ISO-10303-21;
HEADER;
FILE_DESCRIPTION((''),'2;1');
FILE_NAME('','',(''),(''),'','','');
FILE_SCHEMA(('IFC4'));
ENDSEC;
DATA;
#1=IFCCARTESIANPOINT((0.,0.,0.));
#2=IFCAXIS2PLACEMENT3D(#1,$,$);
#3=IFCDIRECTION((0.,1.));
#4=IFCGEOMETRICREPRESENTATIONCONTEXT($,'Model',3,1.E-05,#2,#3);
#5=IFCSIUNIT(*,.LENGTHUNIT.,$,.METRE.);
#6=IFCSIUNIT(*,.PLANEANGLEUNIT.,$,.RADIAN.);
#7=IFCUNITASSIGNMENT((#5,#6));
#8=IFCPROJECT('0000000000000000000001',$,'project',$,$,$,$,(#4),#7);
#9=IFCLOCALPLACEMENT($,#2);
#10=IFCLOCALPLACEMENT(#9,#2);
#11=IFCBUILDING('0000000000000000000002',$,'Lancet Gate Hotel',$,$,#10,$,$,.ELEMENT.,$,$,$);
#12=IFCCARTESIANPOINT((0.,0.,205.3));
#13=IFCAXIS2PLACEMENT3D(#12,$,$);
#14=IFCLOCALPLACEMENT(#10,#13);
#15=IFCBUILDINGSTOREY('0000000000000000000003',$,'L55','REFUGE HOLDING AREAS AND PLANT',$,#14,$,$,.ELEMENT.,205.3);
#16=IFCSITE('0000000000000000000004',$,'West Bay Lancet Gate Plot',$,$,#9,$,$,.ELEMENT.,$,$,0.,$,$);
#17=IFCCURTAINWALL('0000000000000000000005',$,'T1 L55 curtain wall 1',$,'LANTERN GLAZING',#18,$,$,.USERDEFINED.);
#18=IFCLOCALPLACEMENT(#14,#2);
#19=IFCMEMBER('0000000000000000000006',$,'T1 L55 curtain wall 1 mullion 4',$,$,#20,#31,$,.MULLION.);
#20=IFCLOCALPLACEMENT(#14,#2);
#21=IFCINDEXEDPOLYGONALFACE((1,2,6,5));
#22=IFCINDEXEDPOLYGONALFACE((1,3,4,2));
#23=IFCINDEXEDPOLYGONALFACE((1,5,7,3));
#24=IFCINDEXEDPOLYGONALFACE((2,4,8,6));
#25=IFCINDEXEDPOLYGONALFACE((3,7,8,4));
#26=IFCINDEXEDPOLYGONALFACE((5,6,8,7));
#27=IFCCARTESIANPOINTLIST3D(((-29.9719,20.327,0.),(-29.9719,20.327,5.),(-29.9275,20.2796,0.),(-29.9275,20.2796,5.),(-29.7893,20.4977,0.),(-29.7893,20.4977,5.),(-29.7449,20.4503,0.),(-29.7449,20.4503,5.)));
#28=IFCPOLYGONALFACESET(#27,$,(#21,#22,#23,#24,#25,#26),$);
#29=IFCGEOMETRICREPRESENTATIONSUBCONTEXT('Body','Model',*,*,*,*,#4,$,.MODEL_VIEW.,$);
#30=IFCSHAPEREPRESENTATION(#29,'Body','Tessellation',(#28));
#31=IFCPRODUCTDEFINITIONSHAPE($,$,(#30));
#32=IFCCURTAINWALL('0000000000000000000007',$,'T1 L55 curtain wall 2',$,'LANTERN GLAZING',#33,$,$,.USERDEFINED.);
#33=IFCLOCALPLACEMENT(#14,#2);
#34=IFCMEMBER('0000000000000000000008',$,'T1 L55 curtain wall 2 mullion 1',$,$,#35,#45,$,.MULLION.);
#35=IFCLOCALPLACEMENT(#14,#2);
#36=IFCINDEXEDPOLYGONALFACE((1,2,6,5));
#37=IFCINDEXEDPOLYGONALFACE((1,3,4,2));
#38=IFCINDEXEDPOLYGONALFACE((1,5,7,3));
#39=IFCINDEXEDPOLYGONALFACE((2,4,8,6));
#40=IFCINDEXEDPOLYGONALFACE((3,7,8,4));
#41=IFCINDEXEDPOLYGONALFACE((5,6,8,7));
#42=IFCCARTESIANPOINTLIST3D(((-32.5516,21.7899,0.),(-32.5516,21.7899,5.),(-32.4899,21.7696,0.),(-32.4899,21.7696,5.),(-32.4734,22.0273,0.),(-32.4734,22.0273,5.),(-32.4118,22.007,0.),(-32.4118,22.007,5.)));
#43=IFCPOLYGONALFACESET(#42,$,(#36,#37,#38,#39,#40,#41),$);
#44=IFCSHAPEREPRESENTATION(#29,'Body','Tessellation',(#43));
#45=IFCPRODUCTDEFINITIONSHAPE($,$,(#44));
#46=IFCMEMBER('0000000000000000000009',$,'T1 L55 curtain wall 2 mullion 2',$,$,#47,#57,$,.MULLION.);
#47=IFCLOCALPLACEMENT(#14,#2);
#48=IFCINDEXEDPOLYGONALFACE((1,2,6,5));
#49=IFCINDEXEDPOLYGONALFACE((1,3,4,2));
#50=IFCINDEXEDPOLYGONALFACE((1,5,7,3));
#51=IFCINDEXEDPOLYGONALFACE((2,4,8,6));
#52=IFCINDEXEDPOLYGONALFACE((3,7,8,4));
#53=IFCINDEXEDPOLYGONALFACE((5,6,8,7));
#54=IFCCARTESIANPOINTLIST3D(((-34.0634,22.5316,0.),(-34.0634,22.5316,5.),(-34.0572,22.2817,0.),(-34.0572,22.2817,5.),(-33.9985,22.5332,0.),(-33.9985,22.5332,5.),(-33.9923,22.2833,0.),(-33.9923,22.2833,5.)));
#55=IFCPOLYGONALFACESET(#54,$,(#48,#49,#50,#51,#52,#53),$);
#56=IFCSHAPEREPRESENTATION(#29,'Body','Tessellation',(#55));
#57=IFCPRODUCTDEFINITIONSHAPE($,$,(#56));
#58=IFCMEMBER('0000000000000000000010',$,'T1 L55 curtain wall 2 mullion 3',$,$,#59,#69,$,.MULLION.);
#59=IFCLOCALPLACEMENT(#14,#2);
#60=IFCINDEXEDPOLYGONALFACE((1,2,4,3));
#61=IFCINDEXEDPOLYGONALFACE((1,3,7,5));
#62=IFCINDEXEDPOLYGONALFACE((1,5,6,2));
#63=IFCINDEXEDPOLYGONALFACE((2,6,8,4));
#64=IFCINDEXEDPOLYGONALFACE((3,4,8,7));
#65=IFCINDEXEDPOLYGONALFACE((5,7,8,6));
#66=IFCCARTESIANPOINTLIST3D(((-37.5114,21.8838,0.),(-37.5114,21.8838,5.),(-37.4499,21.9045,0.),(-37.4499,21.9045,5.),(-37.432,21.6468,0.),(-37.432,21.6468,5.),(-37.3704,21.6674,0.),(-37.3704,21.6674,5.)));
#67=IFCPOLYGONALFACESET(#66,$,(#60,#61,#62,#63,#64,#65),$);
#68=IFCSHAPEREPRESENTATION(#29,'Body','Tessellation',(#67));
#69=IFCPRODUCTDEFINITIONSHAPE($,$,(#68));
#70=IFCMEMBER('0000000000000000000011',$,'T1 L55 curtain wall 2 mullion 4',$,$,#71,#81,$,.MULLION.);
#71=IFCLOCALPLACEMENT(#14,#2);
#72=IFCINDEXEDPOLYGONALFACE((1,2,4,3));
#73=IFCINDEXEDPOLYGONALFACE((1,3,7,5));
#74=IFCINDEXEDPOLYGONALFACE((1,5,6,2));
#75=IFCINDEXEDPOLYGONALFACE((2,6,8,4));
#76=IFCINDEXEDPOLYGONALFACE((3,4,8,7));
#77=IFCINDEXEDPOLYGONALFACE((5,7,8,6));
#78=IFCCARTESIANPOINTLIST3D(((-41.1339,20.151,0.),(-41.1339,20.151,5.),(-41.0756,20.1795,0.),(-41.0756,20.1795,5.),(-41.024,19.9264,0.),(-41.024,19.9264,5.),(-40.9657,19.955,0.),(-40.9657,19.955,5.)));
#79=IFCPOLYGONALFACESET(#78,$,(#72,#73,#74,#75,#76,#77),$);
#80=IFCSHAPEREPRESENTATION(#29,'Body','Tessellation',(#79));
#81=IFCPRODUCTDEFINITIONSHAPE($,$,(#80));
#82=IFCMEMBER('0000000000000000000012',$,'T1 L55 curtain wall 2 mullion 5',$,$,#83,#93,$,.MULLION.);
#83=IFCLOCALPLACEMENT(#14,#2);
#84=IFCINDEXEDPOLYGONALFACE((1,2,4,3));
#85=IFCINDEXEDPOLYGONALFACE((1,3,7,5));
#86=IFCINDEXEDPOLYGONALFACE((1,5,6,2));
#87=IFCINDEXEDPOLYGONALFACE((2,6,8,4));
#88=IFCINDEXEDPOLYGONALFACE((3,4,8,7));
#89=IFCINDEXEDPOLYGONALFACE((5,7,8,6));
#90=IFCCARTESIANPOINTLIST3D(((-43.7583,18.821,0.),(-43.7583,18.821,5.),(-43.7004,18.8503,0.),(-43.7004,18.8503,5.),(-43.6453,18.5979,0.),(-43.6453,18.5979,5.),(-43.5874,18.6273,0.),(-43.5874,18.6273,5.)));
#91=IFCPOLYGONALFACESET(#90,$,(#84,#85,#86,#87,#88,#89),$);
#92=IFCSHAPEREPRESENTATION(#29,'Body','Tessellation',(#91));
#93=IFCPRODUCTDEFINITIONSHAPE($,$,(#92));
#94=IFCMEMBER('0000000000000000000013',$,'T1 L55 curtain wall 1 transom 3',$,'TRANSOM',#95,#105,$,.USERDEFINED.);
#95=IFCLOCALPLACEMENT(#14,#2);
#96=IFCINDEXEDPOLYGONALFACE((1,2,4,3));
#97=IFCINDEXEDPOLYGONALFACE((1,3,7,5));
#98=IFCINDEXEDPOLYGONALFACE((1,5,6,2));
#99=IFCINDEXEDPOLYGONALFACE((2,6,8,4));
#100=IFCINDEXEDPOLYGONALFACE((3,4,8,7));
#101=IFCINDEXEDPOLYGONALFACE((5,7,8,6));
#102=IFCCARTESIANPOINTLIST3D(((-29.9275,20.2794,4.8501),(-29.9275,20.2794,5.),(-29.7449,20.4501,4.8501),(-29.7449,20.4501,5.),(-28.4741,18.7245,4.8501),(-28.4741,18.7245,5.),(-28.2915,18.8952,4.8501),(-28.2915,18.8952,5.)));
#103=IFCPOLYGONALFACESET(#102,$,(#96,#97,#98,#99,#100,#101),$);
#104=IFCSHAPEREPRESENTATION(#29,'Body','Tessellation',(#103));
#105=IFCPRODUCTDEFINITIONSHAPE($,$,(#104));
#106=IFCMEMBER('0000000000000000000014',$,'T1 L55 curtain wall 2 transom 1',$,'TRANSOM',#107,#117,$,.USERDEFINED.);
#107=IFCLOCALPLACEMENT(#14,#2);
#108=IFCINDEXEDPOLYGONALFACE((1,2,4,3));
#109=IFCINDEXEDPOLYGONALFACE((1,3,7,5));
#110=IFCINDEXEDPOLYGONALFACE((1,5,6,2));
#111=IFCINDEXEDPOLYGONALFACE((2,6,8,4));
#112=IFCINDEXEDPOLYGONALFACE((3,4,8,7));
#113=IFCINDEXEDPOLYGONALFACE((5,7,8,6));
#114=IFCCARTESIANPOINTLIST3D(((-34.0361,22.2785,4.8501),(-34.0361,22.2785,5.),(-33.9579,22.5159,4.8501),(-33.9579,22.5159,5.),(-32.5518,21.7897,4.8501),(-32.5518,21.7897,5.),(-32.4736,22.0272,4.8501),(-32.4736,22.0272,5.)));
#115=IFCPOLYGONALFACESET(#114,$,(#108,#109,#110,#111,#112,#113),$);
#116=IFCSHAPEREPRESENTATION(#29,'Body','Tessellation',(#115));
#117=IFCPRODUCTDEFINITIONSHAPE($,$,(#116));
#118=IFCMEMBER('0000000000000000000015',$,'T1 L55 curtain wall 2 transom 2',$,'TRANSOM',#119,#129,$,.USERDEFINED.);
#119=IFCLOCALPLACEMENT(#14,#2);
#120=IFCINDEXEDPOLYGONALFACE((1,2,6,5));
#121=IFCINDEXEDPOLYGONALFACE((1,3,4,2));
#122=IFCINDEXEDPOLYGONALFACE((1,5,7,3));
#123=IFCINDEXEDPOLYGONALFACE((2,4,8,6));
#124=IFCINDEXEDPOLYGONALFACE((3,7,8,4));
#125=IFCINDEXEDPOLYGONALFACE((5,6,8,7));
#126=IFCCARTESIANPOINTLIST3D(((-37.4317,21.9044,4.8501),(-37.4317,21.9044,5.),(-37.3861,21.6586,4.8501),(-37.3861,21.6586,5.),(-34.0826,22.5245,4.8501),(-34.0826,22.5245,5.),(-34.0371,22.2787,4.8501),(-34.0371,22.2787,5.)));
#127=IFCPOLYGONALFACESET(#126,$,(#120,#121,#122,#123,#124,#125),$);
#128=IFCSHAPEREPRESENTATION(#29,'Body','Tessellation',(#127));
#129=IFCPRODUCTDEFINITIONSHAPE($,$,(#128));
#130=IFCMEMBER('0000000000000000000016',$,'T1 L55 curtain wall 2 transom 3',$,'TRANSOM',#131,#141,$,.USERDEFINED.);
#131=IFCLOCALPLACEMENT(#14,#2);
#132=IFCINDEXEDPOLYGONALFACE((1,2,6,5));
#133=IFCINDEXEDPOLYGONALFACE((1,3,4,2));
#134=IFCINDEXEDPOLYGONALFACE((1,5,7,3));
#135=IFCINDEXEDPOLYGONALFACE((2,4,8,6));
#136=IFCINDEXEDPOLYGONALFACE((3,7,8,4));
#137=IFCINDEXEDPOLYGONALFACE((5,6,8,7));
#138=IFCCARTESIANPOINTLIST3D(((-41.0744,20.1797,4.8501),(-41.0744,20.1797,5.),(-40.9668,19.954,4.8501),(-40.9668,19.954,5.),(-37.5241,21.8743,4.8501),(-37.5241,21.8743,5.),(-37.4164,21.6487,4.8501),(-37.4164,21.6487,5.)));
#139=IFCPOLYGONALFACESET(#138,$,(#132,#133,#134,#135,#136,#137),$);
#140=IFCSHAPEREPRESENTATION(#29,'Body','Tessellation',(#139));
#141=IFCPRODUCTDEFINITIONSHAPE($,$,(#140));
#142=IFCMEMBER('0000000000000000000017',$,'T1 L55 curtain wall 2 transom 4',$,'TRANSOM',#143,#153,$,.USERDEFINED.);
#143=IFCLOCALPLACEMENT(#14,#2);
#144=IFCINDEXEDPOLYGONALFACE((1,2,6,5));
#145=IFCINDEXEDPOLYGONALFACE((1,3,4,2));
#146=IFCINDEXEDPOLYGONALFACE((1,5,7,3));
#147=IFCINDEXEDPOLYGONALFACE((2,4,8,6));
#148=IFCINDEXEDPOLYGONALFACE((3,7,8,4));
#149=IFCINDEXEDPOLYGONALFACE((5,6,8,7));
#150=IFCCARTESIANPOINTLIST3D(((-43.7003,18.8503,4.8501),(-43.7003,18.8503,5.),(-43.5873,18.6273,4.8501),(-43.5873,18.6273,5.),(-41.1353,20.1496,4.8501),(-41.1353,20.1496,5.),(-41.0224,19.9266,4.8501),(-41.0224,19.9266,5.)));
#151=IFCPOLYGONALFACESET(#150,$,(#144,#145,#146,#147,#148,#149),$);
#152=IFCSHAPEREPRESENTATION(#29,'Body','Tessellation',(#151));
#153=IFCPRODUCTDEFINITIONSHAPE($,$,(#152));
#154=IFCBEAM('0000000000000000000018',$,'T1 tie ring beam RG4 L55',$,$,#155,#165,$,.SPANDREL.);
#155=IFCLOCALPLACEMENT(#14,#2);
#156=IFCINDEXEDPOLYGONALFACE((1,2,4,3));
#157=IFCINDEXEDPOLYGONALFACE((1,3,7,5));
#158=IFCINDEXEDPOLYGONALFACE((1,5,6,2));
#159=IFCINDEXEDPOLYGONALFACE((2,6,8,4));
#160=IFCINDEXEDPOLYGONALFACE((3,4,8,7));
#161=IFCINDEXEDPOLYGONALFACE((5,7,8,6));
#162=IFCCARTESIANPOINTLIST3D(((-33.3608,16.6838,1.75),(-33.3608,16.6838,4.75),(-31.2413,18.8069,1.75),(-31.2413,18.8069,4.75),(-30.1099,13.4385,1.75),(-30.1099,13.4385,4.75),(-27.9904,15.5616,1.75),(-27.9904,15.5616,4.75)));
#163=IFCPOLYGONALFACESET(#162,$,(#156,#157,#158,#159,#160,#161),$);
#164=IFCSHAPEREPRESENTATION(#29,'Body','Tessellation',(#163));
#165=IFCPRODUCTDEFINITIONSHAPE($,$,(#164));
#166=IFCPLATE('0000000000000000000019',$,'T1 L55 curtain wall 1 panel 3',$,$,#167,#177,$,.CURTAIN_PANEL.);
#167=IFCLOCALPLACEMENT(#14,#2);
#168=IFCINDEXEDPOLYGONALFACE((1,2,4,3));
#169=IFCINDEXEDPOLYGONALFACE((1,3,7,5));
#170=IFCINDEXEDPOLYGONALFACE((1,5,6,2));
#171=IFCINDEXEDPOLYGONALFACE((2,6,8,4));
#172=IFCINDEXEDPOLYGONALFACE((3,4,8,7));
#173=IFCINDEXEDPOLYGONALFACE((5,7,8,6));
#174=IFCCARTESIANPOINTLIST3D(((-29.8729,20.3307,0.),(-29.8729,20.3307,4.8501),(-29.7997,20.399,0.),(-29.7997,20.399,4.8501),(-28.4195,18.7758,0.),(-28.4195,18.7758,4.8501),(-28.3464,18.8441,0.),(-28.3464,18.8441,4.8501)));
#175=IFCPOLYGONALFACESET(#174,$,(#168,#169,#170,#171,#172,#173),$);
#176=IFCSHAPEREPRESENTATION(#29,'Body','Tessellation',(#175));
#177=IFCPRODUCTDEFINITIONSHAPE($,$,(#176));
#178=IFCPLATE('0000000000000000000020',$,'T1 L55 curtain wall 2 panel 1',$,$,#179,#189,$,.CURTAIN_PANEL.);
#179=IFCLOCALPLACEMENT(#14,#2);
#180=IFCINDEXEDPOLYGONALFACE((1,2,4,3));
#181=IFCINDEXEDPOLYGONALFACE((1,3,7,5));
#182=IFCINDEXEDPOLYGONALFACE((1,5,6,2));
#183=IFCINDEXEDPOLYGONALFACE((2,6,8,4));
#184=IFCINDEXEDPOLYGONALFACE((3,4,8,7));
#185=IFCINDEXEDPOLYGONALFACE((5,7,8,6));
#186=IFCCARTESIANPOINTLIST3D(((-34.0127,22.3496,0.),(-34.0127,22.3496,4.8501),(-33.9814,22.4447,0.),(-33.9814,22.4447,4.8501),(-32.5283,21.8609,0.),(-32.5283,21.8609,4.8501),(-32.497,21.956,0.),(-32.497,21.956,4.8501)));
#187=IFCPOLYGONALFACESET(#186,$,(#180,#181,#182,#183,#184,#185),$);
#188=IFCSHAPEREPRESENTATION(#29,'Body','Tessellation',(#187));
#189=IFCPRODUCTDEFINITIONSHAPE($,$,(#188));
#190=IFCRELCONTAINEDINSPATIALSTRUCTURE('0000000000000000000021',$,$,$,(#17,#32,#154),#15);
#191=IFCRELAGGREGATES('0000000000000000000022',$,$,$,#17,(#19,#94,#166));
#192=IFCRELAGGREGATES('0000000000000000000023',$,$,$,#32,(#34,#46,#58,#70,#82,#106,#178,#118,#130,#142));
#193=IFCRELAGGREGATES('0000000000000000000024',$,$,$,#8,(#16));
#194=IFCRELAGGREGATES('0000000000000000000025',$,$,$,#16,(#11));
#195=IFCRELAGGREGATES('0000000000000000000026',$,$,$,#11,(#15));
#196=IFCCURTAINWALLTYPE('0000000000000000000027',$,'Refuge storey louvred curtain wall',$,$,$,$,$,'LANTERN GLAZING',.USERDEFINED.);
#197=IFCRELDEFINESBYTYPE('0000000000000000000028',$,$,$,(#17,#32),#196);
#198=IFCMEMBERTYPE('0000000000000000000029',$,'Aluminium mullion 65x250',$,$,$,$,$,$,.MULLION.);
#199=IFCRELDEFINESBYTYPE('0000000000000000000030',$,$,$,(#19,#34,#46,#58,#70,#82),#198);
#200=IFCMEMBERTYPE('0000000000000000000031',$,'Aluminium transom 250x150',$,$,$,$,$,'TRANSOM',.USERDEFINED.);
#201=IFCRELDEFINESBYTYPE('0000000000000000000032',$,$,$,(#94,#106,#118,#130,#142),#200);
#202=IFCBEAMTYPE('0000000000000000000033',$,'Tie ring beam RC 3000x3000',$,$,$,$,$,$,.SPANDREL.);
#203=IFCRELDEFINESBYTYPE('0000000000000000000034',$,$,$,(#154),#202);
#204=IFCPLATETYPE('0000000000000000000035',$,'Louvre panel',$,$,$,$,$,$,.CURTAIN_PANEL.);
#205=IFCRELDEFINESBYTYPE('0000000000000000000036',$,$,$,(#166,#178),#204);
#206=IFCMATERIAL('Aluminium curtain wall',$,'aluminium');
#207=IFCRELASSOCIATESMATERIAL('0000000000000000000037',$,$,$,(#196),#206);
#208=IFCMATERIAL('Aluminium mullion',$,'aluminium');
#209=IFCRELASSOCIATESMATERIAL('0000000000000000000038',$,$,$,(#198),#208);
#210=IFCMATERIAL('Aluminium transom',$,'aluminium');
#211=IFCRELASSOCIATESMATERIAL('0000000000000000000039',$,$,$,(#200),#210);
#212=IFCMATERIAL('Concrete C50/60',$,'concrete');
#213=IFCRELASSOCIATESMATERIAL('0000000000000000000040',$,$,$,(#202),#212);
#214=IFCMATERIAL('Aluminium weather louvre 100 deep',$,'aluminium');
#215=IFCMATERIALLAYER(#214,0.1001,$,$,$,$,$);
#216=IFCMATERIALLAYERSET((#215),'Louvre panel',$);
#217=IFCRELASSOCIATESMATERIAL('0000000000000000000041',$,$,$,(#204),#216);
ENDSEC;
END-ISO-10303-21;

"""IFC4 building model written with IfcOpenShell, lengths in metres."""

from ifc_helpers import new_model, si_unit, direction, frame, origin, origin_2d, place, context, subcontext, project, spatial, rectangle, extrude, material, layer, layer_set, material_profile, profile_set, type_object, element, aggregate, save


model = new_model("IFC4")

# Units and contexts
model_context = context("Model", 3, precision=1e-05, world=origin(), true_north=direction((0.0, 1.0)))
body_context = subcontext(model_context, "Body", "Model", "MODEL_VIEW")
ifc_project = project(units=[si_unit("LENGTHUNIT", "METRE"), si_unit("PLANEANGLEUNIT", "RADIAN")], contexts=[model_context])

# Site, building, storey
site_placement = place(None, origin())
site = spatial("IfcSite", under=ifc_project, at=site_placement, Name="West Bay Lancet Gate Plot", CompositionType="ELEMENT", RefElevation=0.0)
building_placement = place(site_placement, origin())
building = spatial("IfcBuilding", under=site, at=building_placement, Name="Lancet Gate Hotel", CompositionType="ELEMENT")
storey_placement = place(building_placement, frame((0.0, 0.0, 205.3)))
storey = spatial("IfcBuildingStorey", under=building, at=storey_placement, Name="L55", Description="REFUGE HOLDING AREAS AND PLANT", CompositionType="ELEMENT", Elevation=205.3)

# Curtain wall, member
ifc_material_1 = material(Name="Aluminium curtain wall", Category="aluminium")
curtain_wall_type = type_object("IfcCurtainWallType", Name="Refuge storey louvred curtain wall", ElementType="LANTERN GLAZING", PredefinedType="USERDEFINED", material=ifc_material_1)
curtain_wall_1_placement = place(storey_placement, origin())
curtain_wall_1 = element("IfcCurtainWall", 1, at=curtain_wall_1_placement, inside=storey, type_object=curtain_wall_type, Name="T1 L55 curtain wall 1", ObjectType="LANTERN GLAZING", PredefinedType="USERDEFINED")
ifc_material_2 = material(Name="Aluminium mullion", Category="aluminium")
ifc_material_profile_1 = material_profile(ifc_material_2, rectangle(XDim=0.0649, YDim=0.25, at=origin_2d()), Name="MULLION 65x250")
ifc_profile_set_1 = profile_set([ifc_material_profile_1], Name="Aluminium mullion")
member_type_1 = type_object("IfcMemberType", Name="Aluminium mullion 65x250", PredefinedType="MULLION", material=ifc_profile_set_1)
member_1_placement = place(storey_placement, frame((-29.8584, 20.3887, 0.0), z_axis=(0.0, 0.0, 1.0), x_axis=(-0.682845, 0.730563, 0.0)))
member_1 = element("IfcMember", 2, at=member_1_placement, type_object=member_type_1, Name="T1 L55 curtain wall 1 mullion 4", PredefinedType="MULLION", context=body_context, shape_type="SweptSolid", body=[
    extrude(rectangle(XDim=0.0649, YDim=0.25, at=origin_2d()), origin(), (0.0, 0.0, 1.0), 5.0),
])

# Curtain wall, members
curtain_wall_2_placement = place(storey_placement, origin())
curtain_wall_2 = element("IfcCurtainWall", 3, at=curtain_wall_2_placement, inside=storey, type_object=curtain_wall_type, Name="T1 L55 curtain wall 2", ObjectType="LANTERN GLAZING", PredefinedType="USERDEFINED")
member_2_placement = place(storey_placement, frame((-32.4817, 21.8984, 0.0), z_axis=(0.0, 0.0, 1.0), x_axis=(-0.949848, 0.312712, 0.0)))
member_2 = element("IfcMember", 4, at=member_2_placement, type_object=member_type_1, Name="T1 L55 curtain wall 2 mullion 1", PredefinedType="MULLION", context=body_context, shape_type="SweptSolid", body=[
    extrude(rectangle(XDim=0.0649, YDim=0.25, at=origin_2d()), origin(), (0.0, 0.0, 1.0), 5.0),
])
member_3_placement = place(storey_placement, frame((-34.0278, 22.4075, 0.0), z_axis=(0.0, 0.0, 1.0), x_axis=(-0.999693, -0.024761, 0.0)))
member_3 = element("IfcMember", 5, at=member_3_placement, type_object=member_type_1, Name="T1 L55 curtain wall 2 mullion 2", PredefinedType="MULLION", context=body_context, shape_type="SweptSolid", body=[
    extrude(rectangle(XDim=0.0649, YDim=0.25, at=origin_2d()), origin(), (0.0, 0.0, 1.0), 5.0),
])
member_4_placement = place(storey_placement, frame((-37.4409, 21.7756, 0.0), z_axis=(0.0, 0.0, 1.0), x_axis=(-0.948119, -0.317915, 0.0)))
member_4 = element("IfcMember", 6, at=member_4_placement, type_object=member_type_1, Name="T1 L55 curtain wall 2 mullion 3", PredefinedType="MULLION", context=body_context, shape_type="SweptSolid", body=[
    extrude(rectangle(XDim=0.0649, YDim=0.25, at=origin_2d()), origin(), (0.0, 0.0, 1.0), 5.0),
])
member_5_placement = place(storey_placement, frame((-41.0498, 20.053, 0.0), z_axis=(0.0, 0.0, 1.0), x_axis=(-0.898115, -0.439761, 0.0)))
member_5 = element("IfcMember", 7, at=member_5_placement, type_object=member_type_1, Name="T1 L55 curtain wall 2 mullion 4", PredefinedType="MULLION", context=body_context, shape_type="SweptSolid", body=[
    extrude(rectangle(XDim=0.0649, YDim=0.25, at=origin_2d()), origin(), (0.0, 0.0, 1.0), 5.0),
])
member_6_placement = place(storey_placement, frame((-43.6729, 18.7241, 0.0), z_axis=(0.0, 0.0, 1.0), x_axis=(-0.892071, -0.451895, 0.0)))
member_6 = element("IfcMember", 8, at=member_6_placement, type_object=member_type_1, Name="T1 L55 curtain wall 2 mullion 5", PredefinedType="MULLION", context=body_context, shape_type="SweptSolid", body=[
    extrude(rectangle(XDim=0.0649, YDim=0.25, at=origin_2d()), origin(), (0.0, 0.0, 1.0), 5.0),
])

# Members
ifc_material_3 = material(Name="Aluminium transom", Category="aluminium")
ifc_material_profile_2 = material_profile(ifc_material_3, rectangle(XDim=0.25, YDim=0.1499, at=origin_2d()), Name="TRANSOM 250x150")
ifc_profile_set_2 = profile_set([ifc_material_profile_2], Name="Aluminium transom")
member_type_2 = type_object("IfcMemberType", Name="Aluminium transom 250x150", ElementType="TRANSOM", PredefinedType="USERDEFINED", material=ifc_profile_set_2)
member_7_placement = place(storey_placement, frame((-28.3828, 18.8098, 4.925), z_axis=(-0.682845, 0.730563, 0.0), x_axis=(-0.730563, -0.682845, 0.0)))
member_7 = element("IfcMember", 9, at=member_7_placement, type_object=member_type_2, Name="T1 L55 curtain wall 1 transom 3", ObjectType="TRANSOM", PredefinedType="USERDEFINED", context=body_context, shape_type="SweptSolid", body=[
    extrude(rectangle(XDim=0.25, YDim=0.1499, at=origin_2d()), origin(), (0.0, 0.0, 1.0), 2.1284),
])
member_8_placement = place(storey_placement, frame((-32.5127, 21.9084, 4.925), z_axis=(-0.949833, 0.312758, 0.0), x_axis=(-0.312758, -0.949833, 0.0)))
member_8 = element("IfcMember", 10, at=member_8_placement, type_object=member_type_2, Name="T1 L55 curtain wall 2 transom 1", ObjectType="TRANSOM", PredefinedType="USERDEFINED", context=body_context, shape_type="SweptSolid", body=[
    extrude(rectangle(XDim=0.25, YDim=0.1499, at=origin_2d()), origin(), (0.0, 0.0, 1.0), 1.5627),
])
member_9_placement = place(storey_placement, frame((-34.0598, 22.4016, 4.925), z_axis=(-0.983287, -0.182064, 0.0), x_axis=(0.182064, -0.983287, 0.0)))
member_9 = element("IfcMember", 11, at=member_9_placement, type_object=member_type_2, Name="T1 L55 curtain wall 2 transom 2", ObjectType="TRANSOM", PredefinedType="USERDEFINED", context=body_context, shape_type="SweptSolid", body=[
    extrude(rectangle(XDim=0.25, YDim=0.1499, at=origin_2d()), origin(), (0.0, 0.0, 1.0), 3.406),
])
member_10_placement = place(storey_placement, frame((-37.4702, 21.7615, 4.925), z_axis=(-0.902469, -0.430755, 0.0), x_axis=(0.430755, -0.902469, 0.0)))
member_10 = element("IfcMember", 12, at=member_10_placement, type_object=member_type_2, Name="T1 L55 curtain wall 2 transom 3", ObjectType="TRANSOM", PredefinedType="USERDEFINED", context=body_context, shape_type="SweptSolid", body=[
    extrude(rectangle(XDim=0.25, YDim=0.1499, at=origin_2d()), origin(), (0.0, 0.0, 1.0), 3.9341),
])
member_11_placement = place(storey_placement, frame((-41.0789, 20.0381, 4.925), z_axis=(-0.892071, -0.451895, 0.0), x_axis=(0.451895, -0.892071, 0.0)))
member_11 = element("IfcMember", 13, at=member_11_placement, type_object=member_type_2, Name="T1 L55 curtain wall 2 transom 4", ObjectType="TRANSOM", PredefinedType="USERDEFINED", context=body_context, shape_type="SweptSolid", body=[
    extrude(rectangle(XDim=0.25, YDim=0.1499, at=origin_2d()), origin(), (0.0, 0.0, 1.0), 2.8752),
])

# Beam
ifc_material_4 = material(Name="Concrete C50/60", Category="concrete")
ifc_material_profile_3 = material_profile(ifc_material_4, rectangle(XDim=3.0, YDim=3.0, at=origin_2d()), Name="RC 3000x3000")
ifc_profile_set_3 = profile_set([ifc_material_profile_3], Name="Concrete C50/60")
beam_type = type_object("IfcBeamType", Name="Tie ring beam RC 3000x3000", PredefinedType="SPANDREL", material=ifc_profile_set_3)
beam_placement = place(storey_placement, frame((-32.301, 17.7454, 3.25), z_axis=(0.707718, -0.706495, 0.0), x_axis=(0.706495, 0.707718, 0.0)))
element("IfcBeam", 14, at=beam_placement, inside=storey, type_object=beam_type, Name="T1 tie ring beam RG4 L55", PredefinedType="SPANDREL", context=body_context, shape_type="SweptSolid", body=[
    extrude(rectangle(XDim=3.0, YDim=3.0, at=origin_2d()), origin(), (0.0, 0.0, 1.0), 4.5935),
])

# Plates
ifc_material_5 = material(Name="Aluminium weather louvre 100 deep", Category="aluminium")
ifc_layer_1 = layer(ifc_material_5, 0.1001)
ifc_layer_set_1 = layer_set([ifc_layer_1], Name="Louvre panel")
plate_type = type_object("IfcPlateType", Name="Louvre panel", PredefinedType="CURTAIN_PANEL", material=ifc_layer_set_1)
plate_1_placement = place(storey_placement, frame((-29.1096, 19.5874, 0.0), z_axis=(0.0, 0.0, 1.0), x_axis=(-0.682845, 0.730563, 0.0)))
plate_1 = element("IfcPlate", 15, at=plate_1_placement, type_object=plate_type, Name="T1 L55 curtain wall 1 panel 3", PredefinedType="CURTAIN_PANEL", context=body_context, shape_type="SweptSolid", body=[
    extrude(rectangle(XDim=2.1284, YDim=0.1001, at=origin_2d()), origin(), (0.0, 0.0, 1.0), 4.8501),
])
aggregate(curtain_wall_1, [member_1, member_7, plate_1])
plate_2_placement = place(storey_placement, frame((-33.2549, 22.1528, 0.0), z_axis=(0.0, 0.0, 1.0), x_axis=(-0.949848, 0.312712, 0.0)))
plate_2 = element("IfcPlate", 16, at=plate_2_placement, type_object=plate_type, Name="T1 L55 curtain wall 2 panel 1", PredefinedType="CURTAIN_PANEL", context=body_context, shape_type="SweptSolid", body=[
    extrude(rectangle(XDim=1.5627, YDim=0.1001, at=origin_2d()), origin(), (0.0, 0.0, 1.0), 4.8501),
])
aggregate(curtain_wall_2, [member_2, member_3, member_4, member_5, member_6, member_8, plate_2, member_9, member_10, member_11])

save(model, "model.ifc")
